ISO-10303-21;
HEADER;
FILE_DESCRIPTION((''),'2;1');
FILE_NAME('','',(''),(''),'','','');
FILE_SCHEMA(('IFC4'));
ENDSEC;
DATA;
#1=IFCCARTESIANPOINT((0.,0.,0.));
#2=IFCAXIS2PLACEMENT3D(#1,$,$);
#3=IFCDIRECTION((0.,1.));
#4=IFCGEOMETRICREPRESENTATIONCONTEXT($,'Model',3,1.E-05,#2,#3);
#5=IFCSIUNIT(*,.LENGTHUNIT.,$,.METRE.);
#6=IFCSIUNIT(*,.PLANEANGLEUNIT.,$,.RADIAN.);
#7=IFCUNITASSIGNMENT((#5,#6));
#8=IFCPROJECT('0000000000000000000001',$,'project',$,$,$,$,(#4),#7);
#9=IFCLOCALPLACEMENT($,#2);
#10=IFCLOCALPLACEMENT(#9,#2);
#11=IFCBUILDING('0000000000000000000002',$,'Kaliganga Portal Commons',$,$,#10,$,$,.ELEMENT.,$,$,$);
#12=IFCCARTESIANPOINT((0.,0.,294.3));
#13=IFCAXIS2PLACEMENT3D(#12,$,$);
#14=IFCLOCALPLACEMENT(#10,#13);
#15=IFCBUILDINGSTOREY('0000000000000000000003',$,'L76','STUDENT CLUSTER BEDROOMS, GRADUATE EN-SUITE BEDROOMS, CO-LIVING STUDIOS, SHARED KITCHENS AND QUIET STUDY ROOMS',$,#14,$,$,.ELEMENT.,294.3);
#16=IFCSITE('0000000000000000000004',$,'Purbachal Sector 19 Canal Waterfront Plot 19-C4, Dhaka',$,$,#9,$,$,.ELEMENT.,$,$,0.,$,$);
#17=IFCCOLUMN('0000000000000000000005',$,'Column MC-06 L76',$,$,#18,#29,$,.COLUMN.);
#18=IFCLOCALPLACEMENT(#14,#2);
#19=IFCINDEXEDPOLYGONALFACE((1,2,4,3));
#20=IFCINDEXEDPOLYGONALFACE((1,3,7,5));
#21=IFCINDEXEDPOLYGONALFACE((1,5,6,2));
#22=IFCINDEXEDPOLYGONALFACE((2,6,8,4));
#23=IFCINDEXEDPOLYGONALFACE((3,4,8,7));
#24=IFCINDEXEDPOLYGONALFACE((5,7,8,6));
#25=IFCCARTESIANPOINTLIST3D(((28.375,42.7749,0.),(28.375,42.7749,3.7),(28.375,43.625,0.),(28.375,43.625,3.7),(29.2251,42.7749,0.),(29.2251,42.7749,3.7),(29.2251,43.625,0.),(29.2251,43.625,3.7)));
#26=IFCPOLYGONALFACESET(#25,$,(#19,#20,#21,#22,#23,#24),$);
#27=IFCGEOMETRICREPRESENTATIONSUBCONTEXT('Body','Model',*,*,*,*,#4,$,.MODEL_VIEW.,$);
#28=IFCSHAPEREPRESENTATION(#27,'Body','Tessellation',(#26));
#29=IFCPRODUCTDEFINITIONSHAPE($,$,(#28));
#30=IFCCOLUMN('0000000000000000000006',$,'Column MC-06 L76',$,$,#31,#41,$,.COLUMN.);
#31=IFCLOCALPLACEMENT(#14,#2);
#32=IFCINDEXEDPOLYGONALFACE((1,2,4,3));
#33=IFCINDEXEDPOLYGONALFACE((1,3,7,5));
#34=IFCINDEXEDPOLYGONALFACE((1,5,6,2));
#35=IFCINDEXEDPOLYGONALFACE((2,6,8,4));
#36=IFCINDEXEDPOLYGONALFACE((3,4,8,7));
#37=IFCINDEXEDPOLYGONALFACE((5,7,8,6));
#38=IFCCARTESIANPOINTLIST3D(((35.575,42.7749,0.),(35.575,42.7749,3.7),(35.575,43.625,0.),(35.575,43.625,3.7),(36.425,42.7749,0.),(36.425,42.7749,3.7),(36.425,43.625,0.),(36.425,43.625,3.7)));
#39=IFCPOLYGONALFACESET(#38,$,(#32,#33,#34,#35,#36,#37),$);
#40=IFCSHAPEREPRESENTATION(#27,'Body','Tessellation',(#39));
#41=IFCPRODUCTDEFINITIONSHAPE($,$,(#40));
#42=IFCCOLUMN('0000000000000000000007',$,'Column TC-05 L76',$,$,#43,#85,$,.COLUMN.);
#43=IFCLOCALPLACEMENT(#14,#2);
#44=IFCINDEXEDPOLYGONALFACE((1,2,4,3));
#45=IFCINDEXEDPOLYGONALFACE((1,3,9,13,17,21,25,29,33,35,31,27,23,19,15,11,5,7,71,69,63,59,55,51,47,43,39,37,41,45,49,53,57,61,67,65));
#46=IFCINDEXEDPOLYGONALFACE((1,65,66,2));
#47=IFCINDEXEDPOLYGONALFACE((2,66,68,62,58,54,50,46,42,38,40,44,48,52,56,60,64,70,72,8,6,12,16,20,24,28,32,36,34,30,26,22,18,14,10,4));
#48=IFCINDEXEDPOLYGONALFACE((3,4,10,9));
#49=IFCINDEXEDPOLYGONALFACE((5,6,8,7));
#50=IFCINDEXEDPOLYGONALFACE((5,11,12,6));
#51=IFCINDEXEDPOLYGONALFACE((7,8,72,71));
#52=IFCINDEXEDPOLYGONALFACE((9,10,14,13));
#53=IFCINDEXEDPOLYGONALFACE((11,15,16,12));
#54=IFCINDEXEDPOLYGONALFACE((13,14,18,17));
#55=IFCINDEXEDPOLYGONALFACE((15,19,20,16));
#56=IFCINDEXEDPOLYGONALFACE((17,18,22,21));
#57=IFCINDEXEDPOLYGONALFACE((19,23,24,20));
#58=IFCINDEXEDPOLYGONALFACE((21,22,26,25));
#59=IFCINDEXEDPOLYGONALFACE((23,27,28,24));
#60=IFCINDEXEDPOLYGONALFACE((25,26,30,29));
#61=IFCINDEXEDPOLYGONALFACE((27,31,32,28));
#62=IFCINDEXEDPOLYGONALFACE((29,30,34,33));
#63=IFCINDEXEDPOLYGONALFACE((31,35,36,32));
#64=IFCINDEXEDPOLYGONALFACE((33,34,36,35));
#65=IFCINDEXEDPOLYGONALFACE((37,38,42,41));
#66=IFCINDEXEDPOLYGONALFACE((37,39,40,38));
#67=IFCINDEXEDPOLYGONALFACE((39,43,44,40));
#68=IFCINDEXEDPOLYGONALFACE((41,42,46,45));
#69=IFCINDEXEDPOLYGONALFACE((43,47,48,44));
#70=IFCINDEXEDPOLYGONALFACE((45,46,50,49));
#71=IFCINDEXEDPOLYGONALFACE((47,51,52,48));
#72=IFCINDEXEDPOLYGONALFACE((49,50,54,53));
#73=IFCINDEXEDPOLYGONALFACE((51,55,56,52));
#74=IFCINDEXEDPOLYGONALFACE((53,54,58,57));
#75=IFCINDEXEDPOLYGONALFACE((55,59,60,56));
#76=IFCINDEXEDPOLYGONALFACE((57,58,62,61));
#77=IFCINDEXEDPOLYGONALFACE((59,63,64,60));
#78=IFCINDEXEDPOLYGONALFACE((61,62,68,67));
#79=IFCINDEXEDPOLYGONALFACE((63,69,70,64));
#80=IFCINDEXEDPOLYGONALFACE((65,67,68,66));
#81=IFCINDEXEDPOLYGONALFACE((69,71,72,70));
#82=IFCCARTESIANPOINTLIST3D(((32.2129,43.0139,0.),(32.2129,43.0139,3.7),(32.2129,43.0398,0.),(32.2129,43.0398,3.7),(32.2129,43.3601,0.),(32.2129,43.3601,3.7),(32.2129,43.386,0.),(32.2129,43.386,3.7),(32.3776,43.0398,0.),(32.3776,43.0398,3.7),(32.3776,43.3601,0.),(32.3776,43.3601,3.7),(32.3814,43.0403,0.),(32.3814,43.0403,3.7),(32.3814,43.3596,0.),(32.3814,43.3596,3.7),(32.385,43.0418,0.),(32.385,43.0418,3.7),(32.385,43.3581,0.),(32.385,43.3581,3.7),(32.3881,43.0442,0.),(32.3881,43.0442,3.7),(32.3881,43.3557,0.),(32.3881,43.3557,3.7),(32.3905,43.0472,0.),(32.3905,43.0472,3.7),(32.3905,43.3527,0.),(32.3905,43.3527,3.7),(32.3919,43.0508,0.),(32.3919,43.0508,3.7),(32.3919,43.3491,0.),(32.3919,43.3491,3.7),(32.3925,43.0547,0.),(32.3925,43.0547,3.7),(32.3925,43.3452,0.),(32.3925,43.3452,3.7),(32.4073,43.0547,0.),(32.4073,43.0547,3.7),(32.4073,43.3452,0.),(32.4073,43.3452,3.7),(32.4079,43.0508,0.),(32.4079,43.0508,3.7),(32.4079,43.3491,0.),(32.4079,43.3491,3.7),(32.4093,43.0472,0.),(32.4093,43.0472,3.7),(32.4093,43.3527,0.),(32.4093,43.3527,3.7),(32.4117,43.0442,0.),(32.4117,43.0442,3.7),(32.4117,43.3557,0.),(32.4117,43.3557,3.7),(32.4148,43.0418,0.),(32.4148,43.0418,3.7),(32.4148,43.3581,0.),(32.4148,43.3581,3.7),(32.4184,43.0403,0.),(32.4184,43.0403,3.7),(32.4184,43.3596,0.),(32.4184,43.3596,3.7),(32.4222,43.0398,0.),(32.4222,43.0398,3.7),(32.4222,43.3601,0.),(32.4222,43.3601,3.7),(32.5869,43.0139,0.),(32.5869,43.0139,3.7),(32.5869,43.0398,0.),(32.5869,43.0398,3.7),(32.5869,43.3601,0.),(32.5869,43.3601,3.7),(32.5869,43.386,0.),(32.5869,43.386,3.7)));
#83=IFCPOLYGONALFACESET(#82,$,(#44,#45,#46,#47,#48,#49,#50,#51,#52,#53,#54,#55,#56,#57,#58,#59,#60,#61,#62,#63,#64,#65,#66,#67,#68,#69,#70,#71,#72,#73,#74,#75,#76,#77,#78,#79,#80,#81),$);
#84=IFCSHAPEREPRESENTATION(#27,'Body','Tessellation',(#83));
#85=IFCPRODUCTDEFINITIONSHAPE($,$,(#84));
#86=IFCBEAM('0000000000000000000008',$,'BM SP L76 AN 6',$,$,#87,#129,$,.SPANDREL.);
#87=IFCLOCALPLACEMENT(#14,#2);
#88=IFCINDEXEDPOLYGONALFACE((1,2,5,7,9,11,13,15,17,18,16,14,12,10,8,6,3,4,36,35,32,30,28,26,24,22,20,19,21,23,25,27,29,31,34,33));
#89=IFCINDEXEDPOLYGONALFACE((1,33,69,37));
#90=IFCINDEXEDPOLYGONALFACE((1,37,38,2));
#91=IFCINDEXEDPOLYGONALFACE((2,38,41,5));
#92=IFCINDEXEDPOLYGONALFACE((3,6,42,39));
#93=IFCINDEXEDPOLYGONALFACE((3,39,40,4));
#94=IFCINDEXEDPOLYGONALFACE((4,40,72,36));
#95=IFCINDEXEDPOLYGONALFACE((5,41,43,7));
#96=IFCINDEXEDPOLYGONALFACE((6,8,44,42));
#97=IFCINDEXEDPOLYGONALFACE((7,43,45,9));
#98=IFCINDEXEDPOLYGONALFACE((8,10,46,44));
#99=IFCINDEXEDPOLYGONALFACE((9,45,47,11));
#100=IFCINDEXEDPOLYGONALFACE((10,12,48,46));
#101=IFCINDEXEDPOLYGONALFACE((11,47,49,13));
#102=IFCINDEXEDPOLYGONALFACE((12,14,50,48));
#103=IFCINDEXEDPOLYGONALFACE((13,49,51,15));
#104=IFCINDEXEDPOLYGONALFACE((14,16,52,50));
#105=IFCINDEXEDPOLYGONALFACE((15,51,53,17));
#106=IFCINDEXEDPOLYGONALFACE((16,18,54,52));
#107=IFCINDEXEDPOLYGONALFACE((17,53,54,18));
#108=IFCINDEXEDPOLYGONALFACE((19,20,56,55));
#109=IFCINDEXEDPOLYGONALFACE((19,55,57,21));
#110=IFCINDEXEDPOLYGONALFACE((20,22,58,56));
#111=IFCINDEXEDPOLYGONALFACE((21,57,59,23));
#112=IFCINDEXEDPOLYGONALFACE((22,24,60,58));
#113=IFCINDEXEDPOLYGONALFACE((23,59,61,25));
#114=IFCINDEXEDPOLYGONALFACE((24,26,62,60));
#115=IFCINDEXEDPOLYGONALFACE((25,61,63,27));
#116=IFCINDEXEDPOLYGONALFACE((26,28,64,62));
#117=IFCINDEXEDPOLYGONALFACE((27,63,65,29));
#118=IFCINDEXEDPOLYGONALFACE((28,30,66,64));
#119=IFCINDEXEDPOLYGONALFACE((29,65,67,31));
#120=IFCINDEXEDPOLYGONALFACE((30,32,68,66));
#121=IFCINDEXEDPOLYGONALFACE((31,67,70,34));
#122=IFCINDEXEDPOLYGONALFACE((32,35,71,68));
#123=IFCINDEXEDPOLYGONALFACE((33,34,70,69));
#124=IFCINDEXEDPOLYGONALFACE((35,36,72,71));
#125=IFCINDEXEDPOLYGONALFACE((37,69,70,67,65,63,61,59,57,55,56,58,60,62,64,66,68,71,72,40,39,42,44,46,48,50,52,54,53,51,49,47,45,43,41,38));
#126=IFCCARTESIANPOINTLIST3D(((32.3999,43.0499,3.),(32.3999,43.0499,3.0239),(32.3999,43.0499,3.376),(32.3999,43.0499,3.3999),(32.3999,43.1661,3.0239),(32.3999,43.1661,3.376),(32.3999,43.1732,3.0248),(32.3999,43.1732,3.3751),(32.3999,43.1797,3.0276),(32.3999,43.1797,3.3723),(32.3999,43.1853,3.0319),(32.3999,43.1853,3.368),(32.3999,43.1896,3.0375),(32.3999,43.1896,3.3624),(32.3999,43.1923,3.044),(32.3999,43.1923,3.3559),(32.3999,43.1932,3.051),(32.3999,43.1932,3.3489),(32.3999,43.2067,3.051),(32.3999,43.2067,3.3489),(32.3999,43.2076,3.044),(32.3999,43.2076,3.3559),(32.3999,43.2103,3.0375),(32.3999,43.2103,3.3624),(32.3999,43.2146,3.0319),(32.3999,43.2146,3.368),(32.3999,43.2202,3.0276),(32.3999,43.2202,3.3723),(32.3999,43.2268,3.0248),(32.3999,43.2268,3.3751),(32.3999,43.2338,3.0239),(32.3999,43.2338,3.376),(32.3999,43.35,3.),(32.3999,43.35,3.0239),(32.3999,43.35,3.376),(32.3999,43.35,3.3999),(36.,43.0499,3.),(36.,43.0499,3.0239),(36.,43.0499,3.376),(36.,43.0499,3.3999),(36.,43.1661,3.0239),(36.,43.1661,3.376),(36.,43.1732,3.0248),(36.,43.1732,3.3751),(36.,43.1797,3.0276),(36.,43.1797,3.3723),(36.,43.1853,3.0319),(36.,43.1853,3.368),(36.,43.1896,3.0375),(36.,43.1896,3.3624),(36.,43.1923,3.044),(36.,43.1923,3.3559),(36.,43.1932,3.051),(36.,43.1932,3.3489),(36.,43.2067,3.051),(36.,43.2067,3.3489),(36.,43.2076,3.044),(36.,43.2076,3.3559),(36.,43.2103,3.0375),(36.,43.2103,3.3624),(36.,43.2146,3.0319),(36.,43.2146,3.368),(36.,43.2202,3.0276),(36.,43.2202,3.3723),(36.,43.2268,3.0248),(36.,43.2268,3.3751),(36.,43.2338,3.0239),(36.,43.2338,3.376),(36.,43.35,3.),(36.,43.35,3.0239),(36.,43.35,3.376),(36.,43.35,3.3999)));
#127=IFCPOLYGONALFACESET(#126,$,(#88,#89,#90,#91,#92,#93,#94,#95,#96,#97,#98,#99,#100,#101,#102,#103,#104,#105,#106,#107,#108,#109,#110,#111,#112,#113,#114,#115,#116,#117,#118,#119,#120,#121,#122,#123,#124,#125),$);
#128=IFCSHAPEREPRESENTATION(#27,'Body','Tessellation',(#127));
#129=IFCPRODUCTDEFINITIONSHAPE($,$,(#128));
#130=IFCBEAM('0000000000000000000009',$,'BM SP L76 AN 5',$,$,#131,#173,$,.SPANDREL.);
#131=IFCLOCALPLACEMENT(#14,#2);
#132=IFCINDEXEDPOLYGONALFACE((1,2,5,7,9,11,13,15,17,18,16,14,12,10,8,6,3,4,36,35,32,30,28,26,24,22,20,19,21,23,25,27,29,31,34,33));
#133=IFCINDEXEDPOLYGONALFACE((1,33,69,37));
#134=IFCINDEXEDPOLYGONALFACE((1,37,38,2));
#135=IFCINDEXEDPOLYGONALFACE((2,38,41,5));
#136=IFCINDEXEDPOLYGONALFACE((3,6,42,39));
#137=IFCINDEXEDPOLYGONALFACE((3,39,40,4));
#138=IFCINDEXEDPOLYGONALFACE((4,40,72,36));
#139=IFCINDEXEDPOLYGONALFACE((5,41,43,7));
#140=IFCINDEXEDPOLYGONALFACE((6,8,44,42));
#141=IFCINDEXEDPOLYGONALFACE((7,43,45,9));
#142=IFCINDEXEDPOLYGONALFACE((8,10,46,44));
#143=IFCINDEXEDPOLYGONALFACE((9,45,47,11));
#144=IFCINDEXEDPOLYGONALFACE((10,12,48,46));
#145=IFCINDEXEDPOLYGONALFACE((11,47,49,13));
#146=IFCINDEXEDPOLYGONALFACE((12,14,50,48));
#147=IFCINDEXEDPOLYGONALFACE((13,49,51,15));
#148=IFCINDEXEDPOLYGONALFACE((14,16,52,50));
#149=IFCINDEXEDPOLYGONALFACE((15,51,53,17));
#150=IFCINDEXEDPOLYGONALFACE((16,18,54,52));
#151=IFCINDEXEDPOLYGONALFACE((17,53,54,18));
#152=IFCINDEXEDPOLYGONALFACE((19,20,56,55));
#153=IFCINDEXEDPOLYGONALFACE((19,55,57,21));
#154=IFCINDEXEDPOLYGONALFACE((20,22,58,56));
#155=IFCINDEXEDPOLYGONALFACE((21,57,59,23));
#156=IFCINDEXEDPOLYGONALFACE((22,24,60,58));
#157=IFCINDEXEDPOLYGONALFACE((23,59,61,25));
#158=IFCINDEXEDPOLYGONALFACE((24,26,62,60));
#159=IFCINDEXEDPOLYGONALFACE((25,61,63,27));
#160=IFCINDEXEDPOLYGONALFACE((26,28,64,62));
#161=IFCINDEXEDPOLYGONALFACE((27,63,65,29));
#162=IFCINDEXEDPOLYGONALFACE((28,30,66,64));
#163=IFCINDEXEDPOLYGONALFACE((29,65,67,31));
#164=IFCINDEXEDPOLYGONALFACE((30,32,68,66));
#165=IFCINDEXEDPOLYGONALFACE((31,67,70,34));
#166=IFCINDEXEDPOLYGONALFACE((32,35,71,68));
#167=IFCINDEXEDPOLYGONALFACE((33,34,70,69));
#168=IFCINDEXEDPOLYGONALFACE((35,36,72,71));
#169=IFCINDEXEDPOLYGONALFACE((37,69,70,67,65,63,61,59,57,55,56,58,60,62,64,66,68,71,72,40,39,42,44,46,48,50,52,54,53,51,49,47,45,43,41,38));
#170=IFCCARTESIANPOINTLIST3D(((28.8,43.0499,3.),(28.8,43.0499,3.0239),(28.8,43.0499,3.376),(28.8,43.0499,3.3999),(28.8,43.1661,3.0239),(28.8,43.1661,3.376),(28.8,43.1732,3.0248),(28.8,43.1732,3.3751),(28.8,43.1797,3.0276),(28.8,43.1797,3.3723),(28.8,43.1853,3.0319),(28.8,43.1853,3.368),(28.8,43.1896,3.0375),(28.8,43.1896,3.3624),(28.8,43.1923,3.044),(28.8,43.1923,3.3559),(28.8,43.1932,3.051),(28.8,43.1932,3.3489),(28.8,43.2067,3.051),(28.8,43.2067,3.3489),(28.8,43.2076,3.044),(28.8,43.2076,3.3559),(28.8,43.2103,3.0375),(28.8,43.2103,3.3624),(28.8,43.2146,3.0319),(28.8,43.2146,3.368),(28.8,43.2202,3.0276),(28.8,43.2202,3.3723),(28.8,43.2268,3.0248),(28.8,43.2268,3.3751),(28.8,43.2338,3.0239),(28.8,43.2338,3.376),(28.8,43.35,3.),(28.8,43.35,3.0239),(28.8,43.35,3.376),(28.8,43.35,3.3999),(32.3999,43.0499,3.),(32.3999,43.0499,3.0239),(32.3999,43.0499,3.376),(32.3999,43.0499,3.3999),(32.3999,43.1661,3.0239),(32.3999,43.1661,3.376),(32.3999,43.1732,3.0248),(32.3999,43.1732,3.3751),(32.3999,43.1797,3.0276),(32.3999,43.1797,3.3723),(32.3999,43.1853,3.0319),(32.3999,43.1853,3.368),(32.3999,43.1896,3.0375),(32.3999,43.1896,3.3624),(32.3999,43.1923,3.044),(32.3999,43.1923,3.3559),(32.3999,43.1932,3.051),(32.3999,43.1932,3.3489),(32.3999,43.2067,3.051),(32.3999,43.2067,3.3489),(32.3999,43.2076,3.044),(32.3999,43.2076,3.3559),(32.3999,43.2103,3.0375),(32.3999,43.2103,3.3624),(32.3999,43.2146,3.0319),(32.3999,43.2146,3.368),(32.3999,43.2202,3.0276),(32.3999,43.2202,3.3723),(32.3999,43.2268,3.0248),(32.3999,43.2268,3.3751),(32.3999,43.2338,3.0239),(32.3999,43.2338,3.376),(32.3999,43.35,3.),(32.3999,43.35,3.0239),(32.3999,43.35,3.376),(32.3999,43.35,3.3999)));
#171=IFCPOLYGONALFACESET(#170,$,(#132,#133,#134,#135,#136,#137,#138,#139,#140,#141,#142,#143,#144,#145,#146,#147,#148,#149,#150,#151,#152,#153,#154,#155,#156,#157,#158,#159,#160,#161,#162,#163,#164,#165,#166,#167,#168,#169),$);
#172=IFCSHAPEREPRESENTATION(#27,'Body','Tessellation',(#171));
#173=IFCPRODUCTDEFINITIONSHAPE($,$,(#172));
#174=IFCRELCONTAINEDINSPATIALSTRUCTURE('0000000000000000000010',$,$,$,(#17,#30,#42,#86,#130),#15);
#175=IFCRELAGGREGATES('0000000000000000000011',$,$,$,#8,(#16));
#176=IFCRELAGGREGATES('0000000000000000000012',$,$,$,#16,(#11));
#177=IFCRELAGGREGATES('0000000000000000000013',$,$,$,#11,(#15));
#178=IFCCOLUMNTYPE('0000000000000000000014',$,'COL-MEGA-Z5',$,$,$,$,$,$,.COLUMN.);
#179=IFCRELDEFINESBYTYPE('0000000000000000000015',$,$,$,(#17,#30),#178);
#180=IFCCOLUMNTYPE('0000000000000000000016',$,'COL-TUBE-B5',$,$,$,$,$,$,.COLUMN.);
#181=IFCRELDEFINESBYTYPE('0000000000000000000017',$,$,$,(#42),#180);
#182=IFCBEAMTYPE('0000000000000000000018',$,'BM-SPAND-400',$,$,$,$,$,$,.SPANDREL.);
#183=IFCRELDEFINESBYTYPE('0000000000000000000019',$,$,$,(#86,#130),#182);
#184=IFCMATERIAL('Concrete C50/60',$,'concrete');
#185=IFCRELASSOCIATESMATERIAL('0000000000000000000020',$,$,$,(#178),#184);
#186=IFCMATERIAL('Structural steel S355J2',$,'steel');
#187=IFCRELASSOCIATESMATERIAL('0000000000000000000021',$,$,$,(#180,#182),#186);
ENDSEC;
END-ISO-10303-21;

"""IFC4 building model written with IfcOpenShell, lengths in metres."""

from ifc_helpers import new_model, si_unit, direction, frame, origin, origin_2d, place, context, subcontext, project, spatial, rectangle, i_section, extrude, source, transform, mapped, material, material_profile, profile_set, type_object, element, save


model = new_model("IFC4")

# Units and contexts
model_context = context("Model", 3, precision=1e-05, world=origin(), true_north=direction((0.0, 1.0)))
body_context = subcontext(model_context, "Body", "Model", "MODEL_VIEW")
ifc_project = project(units=[si_unit("LENGTHUNIT", "METRE"), si_unit("PLANEANGLEUNIT", "RADIAN")], contexts=[model_context])

# Site, building, storey
site_placement = place(None, origin())
site = spatial("IfcSite", under=ifc_project, at=site_placement, Name="Purbachal Sector 19 Canal Waterfront Plot 19-C4, Dhaka", CompositionType="ELEMENT", RefElevation=0.0)
building_placement = place(site_placement, origin())
building = spatial("IfcBuilding", under=site, at=building_placement, Name="Kaliganga Portal Commons", CompositionType="ELEMENT")
storey_placement = place(building_placement, frame((0.0, 0.0, 294.3)))
storey = spatial("IfcBuildingStorey", under=building, at=storey_placement, Name="L76", Description="STUDENT CLUSTER BEDROOMS, GRADUATE EN-SUITE BEDROOMS, CO-LIVING STUDIOS, SHARED KITCHENS AND QUIET STUDY ROOMS", CompositionType="ELEMENT", Elevation=294.3)

# Columns
ifc_material_1 = material(Name="Concrete C50/60", Category="concrete")
ifc_material_profile_1 = material_profile(ifc_material_1, rectangle(XDim=0.8501, YDim=0.8501, at=origin_2d()), Name="RC 850x850")
ifc_profile_set_1 = profile_set([ifc_material_profile_1], Name="Concrete C50/60")
column_type_1 = type_object("IfcColumnType", Name="COL-MEGA-Z5", PredefinedType="COLUMN", material=ifc_profile_set_1)
shared_shape_1 = source(origin(), body_context, "Body", "SweptSolid", [
    extrude(rectangle(XDim=0.8501, YDim=0.8501, at=origin_2d()), origin(), (0.0, 0.0, 1.0), 3.7),
])
for number, where, z_axis, x_axis, name in (
    (1, (28.8, 43.2, 0.0), (0.0, 0.0, 1.0), (1.0, 0.0, 0.0), "Column MC-06 L76"),
    (2, (36.0, 43.2, 0.0), (0.0, 0.0, 1.0), (1.0, 0.0, 0.0), "Column MC-06 L76"),
):
    element("IfcColumn", number, at=place(storey_placement, frame(where, z_axis=z_axis, x_axis=x_axis)), inside=storey, type_object=column_type_1, Name=name, PredefinedType="COLUMN", context=body_context, shape_type="MappedRepresentation", body=[
        mapped(shared_shape_1, transform((0.0, 0.0, 0.0), x_axis=(1.0, 0.0, 0.0), y_axis=(0.0, 1.0, 0.0), z_axis=(0.0, 0.0, 1.0), scale=1.0)),
    ])
ifc_material_2 = material(Name="Structural steel S355J2", Category="steel")
ifc_material_profile_2 = material_profile(ifc_material_2, i_section(OverallWidth=0.374, OverallDepth=0.3721, WebThickness=0.0149, FlangeThickness=0.0259, FilletRadius=0.0149, at=origin_2d()), Name="HD 360x196")
ifc_profile_set_2 = profile_set([ifc_material_profile_2], Name="Structural steel S355J2 wide-flange")
column_type_2 = type_object("IfcColumnType", Name="COL-TUBE-B5", PredefinedType="COLUMN", material=ifc_profile_set_2)
shared_shape_2 = source(origin(), body_context, "Body", "SweptSolid", [
    extrude(i_section(OverallWidth=0.374, OverallDepth=0.3721, WebThickness=0.0149, FlangeThickness=0.0259, FilletRadius=0.0149, at=origin_2d()), origin(), (0.0, 0.0, 1.0), 3.7),
])
column_placement = place(storey_placement, frame((32.3999, 43.2, 0.0), z_axis=(0.0, 0.0, 1.0), x_axis=(1.0, 0.0, 0.0)))
element("IfcColumn", 3, at=column_placement, inside=storey, type_object=column_type_2, Name="Column TC-05 L76", PredefinedType="COLUMN", context=body_context, shape_type="MappedRepresentation", body=[
    mapped(shared_shape_2, transform((0.0, 0.0, 0.0), x_axis=(1.0, 0.0, 0.0), y_axis=(0.0, 1.0, 0.0), z_axis=(0.0, 0.0, 1.0), scale=1.0)),
])

# Beams
ifc_material_profile_3 = material_profile(ifc_material_2, i_section(OverallWidth=0.3, OverallDepth=0.3999, WebThickness=0.0134, FlangeThickness=0.0239, FilletRadius=0.0271, at=origin_2d()), Name="HE 400 B")
ifc_profile_set_3 = profile_set([ifc_material_profile_3], Name="Structural steel S355J2 wide-flange")
beam_type = type_object("IfcBeamType", Name="BM-SPAND-400", PredefinedType="SPANDREL", material=ifc_profile_set_3)
shared_shape_3 = source(origin(), body_context, "Body", "SweptSolid", [
    extrude(i_section(OverallWidth=0.3, OverallDepth=0.3999, WebThickness=0.0134, FlangeThickness=0.0239, FilletRadius=0.0271, at=origin_2d()), origin(), (0.0, 0.0, 1.0), 3.6001),
])
beam_1_placement = place(storey_placement, frame((32.3999, 43.2, 3.2), z_axis=(1.0, 0.0, 0.0), x_axis=(0.0, 1.0, 0.0)))
element("IfcBeam", 4, at=beam_1_placement, inside=storey, type_object=beam_type, Name="BM SP L76 AN 6", PredefinedType="SPANDREL", context=body_context, shape_type="MappedRepresentation", body=[
    mapped(shared_shape_3, transform((0.0, 0.0, 0.0), x_axis=(1.0, 0.0, 0.0), y_axis=(0.0, 1.0, 0.0), z_axis=(0.0, 0.0, 1.0), scale=1.0)),
])
shared_shape_4 = source(origin(), body_context, "Body", "SweptSolid", [
    extrude(i_section(OverallWidth=0.3, OverallDepth=0.3999, WebThickness=0.0134, FlangeThickness=0.0239, FilletRadius=0.0271, at=origin_2d()), origin(), (0.0, 0.0, 1.0), 3.5999),
])
beam_2_placement = place(storey_placement, frame((28.8, 43.2, 3.2), z_axis=(1.0, 0.0, 0.0), x_axis=(0.0, 1.0, 0.0)))
element("IfcBeam", 5, at=beam_2_placement, inside=storey, type_object=beam_type, Name="BM SP L76 AN 5", PredefinedType="SPANDREL", context=body_context, shape_type="MappedRepresentation", body=[
    mapped(shared_shape_4, transform((0.0, 0.0, 0.0), x_axis=(1.0, 0.0, 0.0), y_axis=(0.0, 1.0, 0.0), z_axis=(0.0, 0.0, 1.0), scale=1.0)),
])

save(model, "model.ifc")
